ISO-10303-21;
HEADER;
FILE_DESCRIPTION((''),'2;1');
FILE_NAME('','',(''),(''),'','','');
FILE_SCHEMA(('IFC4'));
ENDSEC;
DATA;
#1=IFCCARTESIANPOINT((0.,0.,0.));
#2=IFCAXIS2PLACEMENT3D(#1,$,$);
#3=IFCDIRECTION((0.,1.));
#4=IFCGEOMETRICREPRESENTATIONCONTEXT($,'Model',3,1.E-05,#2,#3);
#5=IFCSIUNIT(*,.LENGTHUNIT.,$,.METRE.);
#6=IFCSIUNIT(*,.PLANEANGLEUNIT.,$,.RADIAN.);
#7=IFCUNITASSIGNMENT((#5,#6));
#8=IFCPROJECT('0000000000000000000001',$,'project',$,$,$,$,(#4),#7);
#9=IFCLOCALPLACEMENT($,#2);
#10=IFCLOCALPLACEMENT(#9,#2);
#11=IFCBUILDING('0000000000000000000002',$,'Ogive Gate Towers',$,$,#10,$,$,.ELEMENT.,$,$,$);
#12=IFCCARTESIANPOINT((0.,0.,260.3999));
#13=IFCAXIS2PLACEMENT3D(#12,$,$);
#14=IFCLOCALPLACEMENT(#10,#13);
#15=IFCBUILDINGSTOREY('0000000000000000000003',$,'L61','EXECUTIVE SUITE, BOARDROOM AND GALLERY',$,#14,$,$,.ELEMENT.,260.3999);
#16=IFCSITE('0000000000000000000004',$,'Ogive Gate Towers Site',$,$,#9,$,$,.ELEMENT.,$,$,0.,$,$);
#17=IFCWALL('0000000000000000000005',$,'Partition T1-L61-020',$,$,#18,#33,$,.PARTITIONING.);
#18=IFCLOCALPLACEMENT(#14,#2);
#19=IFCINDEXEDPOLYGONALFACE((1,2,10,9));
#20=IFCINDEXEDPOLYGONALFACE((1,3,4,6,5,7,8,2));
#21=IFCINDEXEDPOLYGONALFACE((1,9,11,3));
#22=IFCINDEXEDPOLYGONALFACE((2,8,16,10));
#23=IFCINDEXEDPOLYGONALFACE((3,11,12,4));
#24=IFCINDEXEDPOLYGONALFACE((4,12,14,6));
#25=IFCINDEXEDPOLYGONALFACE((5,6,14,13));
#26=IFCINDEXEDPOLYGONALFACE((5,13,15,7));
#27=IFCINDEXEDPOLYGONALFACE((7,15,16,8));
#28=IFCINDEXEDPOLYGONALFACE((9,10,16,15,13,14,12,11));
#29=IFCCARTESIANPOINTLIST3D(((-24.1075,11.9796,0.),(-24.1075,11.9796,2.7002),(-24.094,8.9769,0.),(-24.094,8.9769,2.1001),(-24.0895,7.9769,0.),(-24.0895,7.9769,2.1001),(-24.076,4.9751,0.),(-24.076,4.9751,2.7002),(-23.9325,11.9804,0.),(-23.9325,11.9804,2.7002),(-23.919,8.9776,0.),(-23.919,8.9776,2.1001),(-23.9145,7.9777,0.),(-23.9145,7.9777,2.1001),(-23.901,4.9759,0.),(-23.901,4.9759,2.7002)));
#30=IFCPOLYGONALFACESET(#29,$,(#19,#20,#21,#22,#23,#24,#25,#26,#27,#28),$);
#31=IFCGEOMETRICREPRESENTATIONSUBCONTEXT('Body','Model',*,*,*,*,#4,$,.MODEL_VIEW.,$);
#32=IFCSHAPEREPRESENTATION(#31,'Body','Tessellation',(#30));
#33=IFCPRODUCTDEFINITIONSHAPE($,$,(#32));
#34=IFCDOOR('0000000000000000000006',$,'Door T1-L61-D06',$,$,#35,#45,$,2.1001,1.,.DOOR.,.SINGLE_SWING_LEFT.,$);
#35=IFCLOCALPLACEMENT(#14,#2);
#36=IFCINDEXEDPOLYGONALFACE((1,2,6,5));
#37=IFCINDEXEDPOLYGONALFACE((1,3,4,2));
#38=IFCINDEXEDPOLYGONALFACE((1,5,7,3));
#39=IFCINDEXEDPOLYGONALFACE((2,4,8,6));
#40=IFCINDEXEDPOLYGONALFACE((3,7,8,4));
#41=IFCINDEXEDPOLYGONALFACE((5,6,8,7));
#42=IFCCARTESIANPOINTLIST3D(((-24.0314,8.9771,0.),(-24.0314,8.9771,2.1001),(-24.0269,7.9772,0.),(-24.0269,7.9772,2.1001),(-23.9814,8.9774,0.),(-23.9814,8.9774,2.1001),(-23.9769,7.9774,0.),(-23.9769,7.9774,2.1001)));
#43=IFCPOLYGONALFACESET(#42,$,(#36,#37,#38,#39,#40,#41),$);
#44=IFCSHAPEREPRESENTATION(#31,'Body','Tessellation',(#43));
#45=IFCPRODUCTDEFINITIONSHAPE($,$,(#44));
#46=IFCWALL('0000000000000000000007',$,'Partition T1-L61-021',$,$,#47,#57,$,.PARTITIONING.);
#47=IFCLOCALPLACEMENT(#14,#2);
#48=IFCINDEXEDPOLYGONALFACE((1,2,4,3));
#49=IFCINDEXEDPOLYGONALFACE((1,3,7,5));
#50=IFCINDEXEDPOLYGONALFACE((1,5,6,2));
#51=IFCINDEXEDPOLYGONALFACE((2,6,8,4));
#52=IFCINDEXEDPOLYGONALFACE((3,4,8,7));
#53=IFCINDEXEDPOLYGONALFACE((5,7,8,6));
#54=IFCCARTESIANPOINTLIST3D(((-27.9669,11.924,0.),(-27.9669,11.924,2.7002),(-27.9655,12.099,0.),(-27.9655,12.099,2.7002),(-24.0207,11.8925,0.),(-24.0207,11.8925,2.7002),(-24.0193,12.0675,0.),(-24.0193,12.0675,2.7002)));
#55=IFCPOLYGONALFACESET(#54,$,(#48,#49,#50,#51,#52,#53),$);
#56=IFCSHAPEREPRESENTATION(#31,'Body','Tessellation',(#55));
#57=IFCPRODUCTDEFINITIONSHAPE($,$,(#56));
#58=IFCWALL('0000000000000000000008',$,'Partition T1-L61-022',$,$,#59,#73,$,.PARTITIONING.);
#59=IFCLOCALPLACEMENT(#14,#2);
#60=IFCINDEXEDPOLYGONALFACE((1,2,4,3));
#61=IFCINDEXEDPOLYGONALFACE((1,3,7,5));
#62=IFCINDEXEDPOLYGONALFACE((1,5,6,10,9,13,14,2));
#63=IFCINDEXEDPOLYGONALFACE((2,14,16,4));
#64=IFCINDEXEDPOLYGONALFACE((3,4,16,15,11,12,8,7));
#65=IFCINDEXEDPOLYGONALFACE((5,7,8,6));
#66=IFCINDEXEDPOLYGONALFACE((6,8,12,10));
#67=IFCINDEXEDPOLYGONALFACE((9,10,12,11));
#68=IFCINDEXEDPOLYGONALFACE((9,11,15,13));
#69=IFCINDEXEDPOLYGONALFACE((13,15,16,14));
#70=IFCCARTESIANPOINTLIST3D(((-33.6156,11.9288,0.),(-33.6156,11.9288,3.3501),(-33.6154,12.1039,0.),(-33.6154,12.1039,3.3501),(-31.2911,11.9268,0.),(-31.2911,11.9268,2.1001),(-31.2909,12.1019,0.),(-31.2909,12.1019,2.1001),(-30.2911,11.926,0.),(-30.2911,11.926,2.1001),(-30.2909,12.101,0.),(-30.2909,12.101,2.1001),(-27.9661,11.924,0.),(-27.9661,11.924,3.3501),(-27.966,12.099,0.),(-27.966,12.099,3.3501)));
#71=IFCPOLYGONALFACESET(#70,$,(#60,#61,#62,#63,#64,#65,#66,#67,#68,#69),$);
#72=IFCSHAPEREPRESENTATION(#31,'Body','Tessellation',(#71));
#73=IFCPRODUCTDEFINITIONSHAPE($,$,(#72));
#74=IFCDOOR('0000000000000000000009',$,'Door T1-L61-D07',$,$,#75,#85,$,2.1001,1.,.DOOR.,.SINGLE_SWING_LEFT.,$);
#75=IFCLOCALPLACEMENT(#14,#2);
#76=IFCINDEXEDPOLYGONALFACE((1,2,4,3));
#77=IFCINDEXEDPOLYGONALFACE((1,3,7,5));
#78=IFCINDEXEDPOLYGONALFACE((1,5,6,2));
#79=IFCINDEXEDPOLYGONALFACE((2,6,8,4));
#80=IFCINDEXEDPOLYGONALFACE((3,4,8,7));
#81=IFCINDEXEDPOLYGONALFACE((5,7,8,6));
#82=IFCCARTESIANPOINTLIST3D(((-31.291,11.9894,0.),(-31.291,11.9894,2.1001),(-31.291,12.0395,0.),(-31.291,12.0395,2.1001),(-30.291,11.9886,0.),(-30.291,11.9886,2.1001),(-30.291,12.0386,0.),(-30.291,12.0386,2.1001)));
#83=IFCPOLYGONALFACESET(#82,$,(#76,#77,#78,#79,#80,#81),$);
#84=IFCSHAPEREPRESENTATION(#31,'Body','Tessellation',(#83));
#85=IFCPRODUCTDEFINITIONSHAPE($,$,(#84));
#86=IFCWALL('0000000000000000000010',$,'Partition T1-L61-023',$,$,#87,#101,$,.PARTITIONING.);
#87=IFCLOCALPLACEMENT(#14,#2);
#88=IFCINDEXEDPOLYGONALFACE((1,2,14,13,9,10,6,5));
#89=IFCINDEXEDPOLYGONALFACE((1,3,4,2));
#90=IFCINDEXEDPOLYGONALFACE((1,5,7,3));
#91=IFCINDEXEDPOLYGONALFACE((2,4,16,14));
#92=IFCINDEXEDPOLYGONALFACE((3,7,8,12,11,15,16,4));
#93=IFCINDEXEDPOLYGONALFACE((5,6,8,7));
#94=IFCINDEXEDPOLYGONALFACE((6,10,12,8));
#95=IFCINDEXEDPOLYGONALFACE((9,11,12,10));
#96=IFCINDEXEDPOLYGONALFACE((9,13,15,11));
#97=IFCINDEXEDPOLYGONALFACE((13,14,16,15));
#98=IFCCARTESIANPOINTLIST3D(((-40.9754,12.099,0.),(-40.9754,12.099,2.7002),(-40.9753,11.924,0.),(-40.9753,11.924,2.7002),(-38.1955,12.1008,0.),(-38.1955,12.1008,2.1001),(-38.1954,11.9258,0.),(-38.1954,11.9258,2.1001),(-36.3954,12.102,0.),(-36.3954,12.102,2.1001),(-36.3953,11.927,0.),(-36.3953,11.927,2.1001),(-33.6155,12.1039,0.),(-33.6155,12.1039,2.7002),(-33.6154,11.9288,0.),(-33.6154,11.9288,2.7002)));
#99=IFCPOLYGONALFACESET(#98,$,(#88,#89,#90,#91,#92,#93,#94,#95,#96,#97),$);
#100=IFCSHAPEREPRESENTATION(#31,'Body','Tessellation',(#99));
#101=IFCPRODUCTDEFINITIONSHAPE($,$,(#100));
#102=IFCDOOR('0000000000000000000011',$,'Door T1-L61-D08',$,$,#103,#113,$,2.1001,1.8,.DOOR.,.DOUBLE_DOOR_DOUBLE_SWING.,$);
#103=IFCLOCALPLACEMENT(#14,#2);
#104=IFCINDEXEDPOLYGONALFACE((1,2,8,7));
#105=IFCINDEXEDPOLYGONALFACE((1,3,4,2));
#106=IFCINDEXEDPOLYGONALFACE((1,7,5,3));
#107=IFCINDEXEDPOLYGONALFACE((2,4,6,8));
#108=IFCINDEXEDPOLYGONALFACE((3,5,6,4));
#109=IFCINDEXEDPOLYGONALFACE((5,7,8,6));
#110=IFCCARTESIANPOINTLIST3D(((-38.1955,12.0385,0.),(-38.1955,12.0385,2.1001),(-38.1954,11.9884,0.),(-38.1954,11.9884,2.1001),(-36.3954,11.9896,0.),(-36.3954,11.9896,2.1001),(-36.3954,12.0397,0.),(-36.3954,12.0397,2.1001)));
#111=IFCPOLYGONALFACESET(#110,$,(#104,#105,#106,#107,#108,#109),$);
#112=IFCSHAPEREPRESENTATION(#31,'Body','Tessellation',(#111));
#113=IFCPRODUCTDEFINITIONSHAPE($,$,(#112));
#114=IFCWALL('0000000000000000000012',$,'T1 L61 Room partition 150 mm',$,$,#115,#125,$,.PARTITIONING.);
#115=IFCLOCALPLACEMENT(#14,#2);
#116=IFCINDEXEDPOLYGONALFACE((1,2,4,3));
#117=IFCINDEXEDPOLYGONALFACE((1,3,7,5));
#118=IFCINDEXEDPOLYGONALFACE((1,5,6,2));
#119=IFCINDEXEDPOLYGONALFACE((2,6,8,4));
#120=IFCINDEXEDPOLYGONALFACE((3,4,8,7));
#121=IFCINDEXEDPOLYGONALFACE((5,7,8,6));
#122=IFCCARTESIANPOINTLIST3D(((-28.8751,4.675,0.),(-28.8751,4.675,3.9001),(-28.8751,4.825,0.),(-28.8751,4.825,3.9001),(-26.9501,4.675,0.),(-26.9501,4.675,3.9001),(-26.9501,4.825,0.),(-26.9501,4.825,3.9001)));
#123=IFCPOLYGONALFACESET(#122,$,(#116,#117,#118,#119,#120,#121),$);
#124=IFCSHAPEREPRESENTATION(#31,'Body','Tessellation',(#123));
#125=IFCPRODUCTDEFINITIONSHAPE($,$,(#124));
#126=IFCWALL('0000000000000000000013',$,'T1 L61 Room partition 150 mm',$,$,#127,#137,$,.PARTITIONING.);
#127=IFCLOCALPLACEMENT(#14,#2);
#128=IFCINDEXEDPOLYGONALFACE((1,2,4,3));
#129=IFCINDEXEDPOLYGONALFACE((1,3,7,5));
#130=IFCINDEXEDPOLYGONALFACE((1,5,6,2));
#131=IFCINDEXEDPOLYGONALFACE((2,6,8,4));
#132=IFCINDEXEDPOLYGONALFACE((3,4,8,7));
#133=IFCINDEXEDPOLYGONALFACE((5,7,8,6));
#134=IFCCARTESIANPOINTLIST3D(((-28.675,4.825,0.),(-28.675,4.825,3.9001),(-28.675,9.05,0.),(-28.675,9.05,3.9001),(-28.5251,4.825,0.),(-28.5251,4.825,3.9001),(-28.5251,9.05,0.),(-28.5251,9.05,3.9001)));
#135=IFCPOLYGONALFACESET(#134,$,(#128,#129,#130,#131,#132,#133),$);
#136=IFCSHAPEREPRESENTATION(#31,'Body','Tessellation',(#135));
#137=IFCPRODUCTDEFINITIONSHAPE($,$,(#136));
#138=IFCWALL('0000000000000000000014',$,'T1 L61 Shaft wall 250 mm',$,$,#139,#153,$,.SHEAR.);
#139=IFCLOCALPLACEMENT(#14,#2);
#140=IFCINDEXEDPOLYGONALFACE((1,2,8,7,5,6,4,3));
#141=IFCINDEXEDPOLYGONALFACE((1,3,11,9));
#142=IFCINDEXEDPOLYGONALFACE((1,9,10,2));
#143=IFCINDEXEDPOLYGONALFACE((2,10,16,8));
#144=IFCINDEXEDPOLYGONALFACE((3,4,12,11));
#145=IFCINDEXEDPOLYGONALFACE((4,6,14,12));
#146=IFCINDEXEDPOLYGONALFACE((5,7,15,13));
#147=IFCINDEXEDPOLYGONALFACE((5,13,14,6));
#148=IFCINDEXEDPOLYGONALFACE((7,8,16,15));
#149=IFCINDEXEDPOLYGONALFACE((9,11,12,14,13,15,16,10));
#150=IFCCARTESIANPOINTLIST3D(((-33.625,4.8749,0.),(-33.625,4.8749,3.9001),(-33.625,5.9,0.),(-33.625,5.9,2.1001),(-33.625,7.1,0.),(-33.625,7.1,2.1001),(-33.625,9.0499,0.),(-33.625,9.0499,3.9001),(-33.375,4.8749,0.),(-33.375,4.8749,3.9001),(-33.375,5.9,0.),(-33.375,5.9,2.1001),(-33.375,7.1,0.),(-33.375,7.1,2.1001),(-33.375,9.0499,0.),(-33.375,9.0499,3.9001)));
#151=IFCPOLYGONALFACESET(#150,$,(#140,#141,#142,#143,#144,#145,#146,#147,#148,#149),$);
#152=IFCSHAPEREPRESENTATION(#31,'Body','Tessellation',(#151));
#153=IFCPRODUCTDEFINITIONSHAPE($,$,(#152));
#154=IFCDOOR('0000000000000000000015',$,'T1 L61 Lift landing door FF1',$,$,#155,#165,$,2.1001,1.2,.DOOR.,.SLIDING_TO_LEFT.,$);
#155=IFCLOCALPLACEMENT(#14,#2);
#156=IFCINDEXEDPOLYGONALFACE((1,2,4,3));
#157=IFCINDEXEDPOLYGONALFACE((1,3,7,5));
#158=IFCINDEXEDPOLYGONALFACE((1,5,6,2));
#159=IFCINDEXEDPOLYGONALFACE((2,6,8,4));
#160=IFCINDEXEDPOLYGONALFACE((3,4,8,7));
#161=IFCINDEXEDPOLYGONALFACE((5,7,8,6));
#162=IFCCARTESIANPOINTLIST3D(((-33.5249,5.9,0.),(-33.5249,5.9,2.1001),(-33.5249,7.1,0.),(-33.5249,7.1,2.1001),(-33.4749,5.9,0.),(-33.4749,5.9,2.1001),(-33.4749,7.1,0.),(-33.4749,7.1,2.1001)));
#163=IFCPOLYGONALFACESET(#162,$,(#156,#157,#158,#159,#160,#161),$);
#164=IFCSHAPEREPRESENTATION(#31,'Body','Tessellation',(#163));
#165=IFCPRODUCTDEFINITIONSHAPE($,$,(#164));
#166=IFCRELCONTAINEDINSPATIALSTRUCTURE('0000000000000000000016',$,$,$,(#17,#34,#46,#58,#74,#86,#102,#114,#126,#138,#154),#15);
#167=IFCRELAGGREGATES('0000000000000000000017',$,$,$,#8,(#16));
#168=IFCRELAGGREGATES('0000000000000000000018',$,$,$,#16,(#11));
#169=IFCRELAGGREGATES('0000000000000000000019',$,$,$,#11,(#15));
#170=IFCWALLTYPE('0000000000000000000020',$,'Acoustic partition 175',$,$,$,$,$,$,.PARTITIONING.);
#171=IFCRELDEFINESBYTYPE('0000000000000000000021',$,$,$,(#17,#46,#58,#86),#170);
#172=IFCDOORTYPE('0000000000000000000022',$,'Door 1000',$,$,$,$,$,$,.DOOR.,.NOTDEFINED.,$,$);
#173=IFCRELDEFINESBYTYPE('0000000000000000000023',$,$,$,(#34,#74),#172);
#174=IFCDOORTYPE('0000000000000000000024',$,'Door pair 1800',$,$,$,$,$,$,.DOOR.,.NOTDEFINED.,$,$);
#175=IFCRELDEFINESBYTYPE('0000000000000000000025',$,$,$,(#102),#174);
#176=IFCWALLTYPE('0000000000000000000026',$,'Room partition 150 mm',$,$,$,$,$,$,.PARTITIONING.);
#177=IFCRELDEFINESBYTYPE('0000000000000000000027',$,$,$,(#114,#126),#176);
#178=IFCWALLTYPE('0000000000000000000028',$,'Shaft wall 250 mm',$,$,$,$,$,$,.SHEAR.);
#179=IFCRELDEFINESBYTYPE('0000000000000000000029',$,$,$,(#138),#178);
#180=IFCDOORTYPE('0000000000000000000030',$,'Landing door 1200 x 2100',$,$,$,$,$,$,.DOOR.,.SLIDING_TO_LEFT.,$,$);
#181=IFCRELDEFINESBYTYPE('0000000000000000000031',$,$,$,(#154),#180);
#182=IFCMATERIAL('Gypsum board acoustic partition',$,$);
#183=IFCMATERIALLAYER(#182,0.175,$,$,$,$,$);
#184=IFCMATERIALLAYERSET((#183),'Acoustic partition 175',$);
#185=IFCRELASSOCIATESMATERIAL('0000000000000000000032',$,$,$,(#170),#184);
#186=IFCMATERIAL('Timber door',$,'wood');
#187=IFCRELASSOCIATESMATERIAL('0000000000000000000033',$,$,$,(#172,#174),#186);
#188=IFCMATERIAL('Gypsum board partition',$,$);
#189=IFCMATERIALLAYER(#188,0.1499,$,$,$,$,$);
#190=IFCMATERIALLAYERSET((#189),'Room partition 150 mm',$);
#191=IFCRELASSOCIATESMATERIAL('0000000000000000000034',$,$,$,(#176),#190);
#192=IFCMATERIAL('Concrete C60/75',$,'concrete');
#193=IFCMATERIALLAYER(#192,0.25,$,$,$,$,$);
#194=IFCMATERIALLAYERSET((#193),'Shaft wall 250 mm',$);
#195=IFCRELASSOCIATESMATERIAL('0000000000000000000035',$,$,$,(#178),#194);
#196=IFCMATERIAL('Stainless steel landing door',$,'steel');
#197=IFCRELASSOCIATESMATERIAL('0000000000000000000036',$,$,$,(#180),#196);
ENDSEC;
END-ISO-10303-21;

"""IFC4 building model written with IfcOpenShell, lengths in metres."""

from ifc_helpers import new_model, si_unit, direction, frame, frame_2d, origin, place, context, subcontext, project, spatial, rectangle, extrude, material, layer, layer_set, type_object, element, fill, save


model = new_model("IFC4")

# Units and contexts
model_context = context("Model", 3, precision=1e-05, world=origin(), true_north=direction((0.0, 1.0)))
body_context = subcontext(model_context, "Body", "Model", "MODEL_VIEW")
ifc_project = project(units=[si_unit("LENGTHUNIT", "METRE"), si_unit("PLANEANGLEUNIT", "RADIAN")], contexts=[model_context])

# Site, building, storey
site_placement = place(None, origin())
site = spatial("IfcSite", under=ifc_project, at=site_placement, Name="Ogive Gate Towers Site", CompositionType="ELEMENT", RefElevation=0.0)
building_placement = place(site_placement, origin())
building = spatial("IfcBuilding", under=site, at=building_placement, Name="Ogive Gate Towers", CompositionType="ELEMENT")
storey_placement = place(building_placement, frame((0.0, 0.0, 260.3999)))
storey = spatial("IfcBuildingStorey", under=building, at=storey_placement, Name="L61", Description="EXECUTIVE SUITE, BOARDROOM AND GALLERY", CompositionType="ELEMENT", Elevation=260.3999)

# Shared definitions
ifc_material_1 = material(Name="Gypsum board acoustic partition")
ifc_layer_1 = layer(ifc_material_1, 0.175)
ifc_layer_set_1 = layer_set([ifc_layer_1], Name="Acoustic partition 175")
wall_type_1 = type_object("IfcWallType", Name="Acoustic partition 175", PredefinedType="PARTITIONING", material=ifc_layer_set_1)

# Wall, opening, door
ifc_material_2 = material(Name="Timber door", Category="wood")
door_type_1 = type_object("IfcDoorType", Name="Door 1000", OperationType="NOTDEFINED", PredefinedType="DOOR", material=ifc_material_2)
wall_1_placement = place(storey_placement, frame((-23.9885, 4.9753, 0.0), z_axis=(0.0, 0.0, 1.0), x_axis=(-0.004496, 0.99999, 0.0)))
wall_1 = element("IfcWall", 1, at=wall_1_placement, inside=storey, type_object=wall_type_1, Name="Partition T1-L61-020", PredefinedType="PARTITIONING", context=body_context, shape_type="SweptSolid", body=[
    extrude(rectangle(XDim=7.0046, YDim=0.175, at=frame_2d((3.5024, 0.0))), origin(), (0.0, 0.0, 1.0), 2.7002),
])
opening_1_placement = place(wall_1_placement, frame((3.002, 0.0, 0.0)))
opening_1 = element("IfcOpeningElement", 2, at=opening_1_placement, cuts=wall_1, PredefinedType="OPENING", context=body_context, shape_type="SweptSolid", body=[
    extrude(rectangle(XDim=1.0, YDim=2.1001, at=frame_2d((0.5, 1.05))), frame((0.0, 0.0977, 0.0), z_axis=(0.0, -1.0, 0.0), x_axis=(1.0, 0.0, 0.0)), (0.0, 0.0, 1.0), 0.1951),
])
door_1_placement = place(opening_1_placement, origin())
door_1 = element("IfcDoor", 3, at=door_1_placement, inside=storey, type_object=door_type_1, Name="Door T1-L61-D06", OperationType="SINGLE_SWING_LEFT", OverallHeight=2.1001, OverallWidth=1.0, PredefinedType="DOOR", context=body_context, shape_type="SweptSolid", body=[
    extrude(rectangle(XDim=1.0, YDim=2.1001, at=frame_2d((0.5, 1.05))), frame((0.0, 0.0249, 0.0), z_axis=(0.0, -1.0, 0.0), x_axis=(1.0, 0.0, 0.0)), (0.0, 0.0, 1.0), 0.05),
])
fill(opening_1, door_1)

# Wall
wall_2_placement = place(storey_placement, frame((-24.02, 11.98, 0.0), z_axis=(0.0, 0.0, 1.0), x_axis=(-0.999968, 0.007981, 0.0)))
element("IfcWall", 4, at=wall_2_placement, inside=storey, type_object=wall_type_1, Name="Partition T1-L61-021", PredefinedType="PARTITIONING", context=body_context, shape_type="SweptSolid", body=[
    extrude(rectangle(XDim=3.9463, YDim=0.175, at=frame_2d((1.9731, 0.0))), origin(), (0.0, 0.0, 1.0), 2.7002),
])

# Walls, openings, doors
wall_3_placement = place(storey_placement, frame((-27.9661, 12.0115, 0.0), z_axis=(0.0, 0.0, 1.0), x_axis=(-1.0, 0.000864, 0.0)))
wall_3 = element("IfcWall", 5, at=wall_3_placement, inside=storey, type_object=wall_type_1, Name="Partition T1-L61-022", PredefinedType="PARTITIONING", context=body_context, shape_type="SweptSolid", body=[
    extrude(rectangle(XDim=5.6494, YDim=0.175, at=frame_2d((2.8247, 0.0))), origin(), (0.0, 0.0, 1.0), 3.3501),
])
opening_2_placement = place(wall_3_placement, frame((2.325, 0.0, 0.0)))
opening_2 = element("IfcOpeningElement", 6, at=opening_2_placement, cuts=wall_3, PredefinedType="OPENING", context=body_context, shape_type="SweptSolid", body=[
    extrude(rectangle(XDim=1.0, YDim=2.1001, at=frame_2d((0.5, 1.05))), frame((0.0, 0.0977, 0.0), z_axis=(0.0, -1.0, 0.0), x_axis=(1.0, 0.0, 0.0)), (0.0, 0.0, 1.0), 0.1951),
])
door_2_placement = place(opening_2_placement, origin())
door_2 = element("IfcDoor", 7, at=door_2_placement, inside=storey, type_object=door_type_1, Name="Door T1-L61-D07", OperationType="SINGLE_SWING_LEFT", OverallHeight=2.1001, OverallWidth=1.0, PredefinedType="DOOR", context=body_context, shape_type="SweptSolid", body=[
    extrude(rectangle(XDim=1.0, YDim=2.1001, at=frame_2d((0.5, 1.05))), frame((0.0, 0.0249, 0.0), z_axis=(0.0, -1.0, 0.0), x_axis=(1.0, 0.0, 0.0)), (0.0, 0.0, 1.0), 0.05),
])
fill(opening_2, door_2)
wall_4_placement = place(storey_placement, frame((-33.6155, 12.0164, 0.0), z_axis=(0.0, 0.0, 1.0), x_axis=(-1.0, -0.000663, 0.0)))
wall_4 = element("IfcWall", 8, at=wall_4_placement, inside=storey, type_object=wall_type_1, Name="Partition T1-L61-023", PredefinedType="PARTITIONING", context=body_context, shape_type="SweptSolid", body=[
    extrude(rectangle(XDim=7.3599, YDim=0.175, at=frame_2d((3.6799, 0.0))), origin(), (0.0, 0.0, 1.0), 2.7002),
])
opening_3_placement = place(wall_4_placement, frame((2.78, 0.0, 0.0)))
opening_3 = element("IfcOpeningElement", 9, at=opening_3_placement, cuts=wall_4, PredefinedType="OPENING", context=body_context, shape_type="SweptSolid", body=[
    extrude(rectangle(XDim=1.8, YDim=2.1001, at=frame_2d((0.8999, 1.05))), frame((0.0, 0.0977, 0.0), z_axis=(0.0, -1.0, 0.0), x_axis=(1.0, 0.0, 0.0)), (0.0, 0.0, 1.0), 0.1951),
])
door_type_2 = type_object("IfcDoorType", Name="Door pair 1800", OperationType="NOTDEFINED", PredefinedType="DOOR", material=ifc_material_2)
door_3_placement = place(opening_3_placement, origin())
door_3 = element("IfcDoor", 10, at=door_3_placement, inside=storey, type_object=door_type_2, Name="Door T1-L61-D08", OperationType="DOUBLE_DOOR_DOUBLE_SWING", OverallHeight=2.1001, OverallWidth=1.8, PredefinedType="DOOR", context=body_context, shape_type="SweptSolid", body=[
    extrude(rectangle(XDim=1.8, YDim=2.1001, at=frame_2d((0.8999, 1.05))), frame((0.0, 0.0249, 0.0), z_axis=(0.0, -1.0, 0.0), x_axis=(1.0, 0.0, 0.0)), (0.0, 0.0, 1.0), 0.05),
])
fill(opening_3, door_3)

# Walls
ifc_material_3 = material(Name="Gypsum board partition")
ifc_layer_2 = layer(ifc_material_3, 0.1499)
ifc_layer_set_2 = layer_set([ifc_layer_2], Name="Room partition 150 mm")
wall_type_2 = type_object("IfcWallType", Name="Room partition 150 mm", PredefinedType="PARTITIONING", material=ifc_layer_set_2)
wall_5_placement = place(storey_placement, frame((-28.875, 4.75, 0.0), z_axis=(0.0, 0.0, 1.0), x_axis=(1.0, 0.0, 0.0)))
element("IfcWall", 11, at=wall_5_placement, inside=storey, type_object=wall_type_2, Name="T1 L61 Room partition 150 mm", PredefinedType="PARTITIONING", context=body_context, shape_type="SweptSolid", body=[
    extrude(rectangle(XDim=1.925, YDim=0.1499, at=frame_2d((0.9624, 0.0))), origin(), (0.0, 0.0, 1.0), 3.9001),
])
wall_6_placement = place(storey_placement, frame((-28.6001, 4.825, 0.0), z_axis=(0.0, 0.0, 1.0), x_axis=(0.0, 1.0, 0.0)))
element("IfcWall", 12, at=wall_6_placement, inside=storey, type_object=wall_type_2, Name="T1 L61 Room partition 150 mm", PredefinedType="PARTITIONING", context=body_context, shape_type="SweptSolid", body=[
    extrude(rectangle(XDim=4.2251, YDim=0.1499, at=frame_2d((2.1125, 0.0))), origin(), (0.0, 0.0, 1.0), 3.9001),
])

# Wall, opening, door
ifc_material_4 = material(Name="Concrete C60/75", Category="concrete")
ifc_layer_3 = layer(ifc_material_4, 0.25)
ifc_layer_set_3 = layer_set([ifc_layer_3], Name="Shaft wall 250 mm")
wall_type_3 = type_object("IfcWallType", Name="Shaft wall 250 mm", PredefinedType="SHEAR", material=ifc_layer_set_3)
wall_7_placement = place(storey_placement, frame((-33.5, 4.875, 0.0), z_axis=(0.0, 0.0, 1.0), x_axis=(0.0, 1.0, 0.0)))
wall_7 = element("IfcWall", 13, at=wall_7_placement, inside=storey, type_object=wall_type_3, Name="T1 L61 Shaft wall 250 mm", PredefinedType="SHEAR", context=body_context, shape_type="SweptSolid", body=[
    extrude(rectangle(XDim=4.175, YDim=0.25, at=frame_2d((2.0874, 0.0))), origin(), (0.0, 0.0, 1.0), 3.9001),
])
opening_4_placement = place(wall_7_placement, frame((1.0249, 0.0, 0.0)))
opening_4 = element("IfcOpeningElement", 14, at=opening_4_placement, cuts=wall_7, PredefinedType="OPENING", context=body_context, shape_type="SweptSolid", body=[
    extrude(rectangle(XDim=1.2, YDim=2.1001, at=frame_2d((0.6001, 1.05))), frame((0.0, 0.135, 0.0), z_axis=(0.0, -1.0, 0.0), x_axis=(1.0, 0.0, 0.0)), (0.0, 0.0, 1.0), 0.27),
])
ifc_material_5 = material(Name="Stainless steel landing door", Category="steel")
door_type_3 = type_object("IfcDoorType", Name="Landing door 1200 x 2100", OperationType="SLIDING_TO_LEFT", PredefinedType="DOOR", material=ifc_material_5)
door_4_placement = place(opening_4_placement, origin())
door_4 = element("IfcDoor", 15, at=door_4_placement, inside=storey, type_object=door_type_3, Name="T1 L61 Lift landing door FF1", OperationType="SLIDING_TO_LEFT", OverallHeight=2.1001, OverallWidth=1.2, PredefinedType="DOOR", context=body_context, shape_type="SweptSolid", body=[
    extrude(rectangle(XDim=1.2, YDim=2.1001, at=frame_2d((0.6001, 1.05))), frame((0.0, 0.0249, 0.0), z_axis=(0.0, -1.0, 0.0), x_axis=(1.0, 0.0, 0.0)), (0.0, 0.0, 1.0), 0.05),
])
fill(opening_4, door_4)

save(model, "model.ifc")
